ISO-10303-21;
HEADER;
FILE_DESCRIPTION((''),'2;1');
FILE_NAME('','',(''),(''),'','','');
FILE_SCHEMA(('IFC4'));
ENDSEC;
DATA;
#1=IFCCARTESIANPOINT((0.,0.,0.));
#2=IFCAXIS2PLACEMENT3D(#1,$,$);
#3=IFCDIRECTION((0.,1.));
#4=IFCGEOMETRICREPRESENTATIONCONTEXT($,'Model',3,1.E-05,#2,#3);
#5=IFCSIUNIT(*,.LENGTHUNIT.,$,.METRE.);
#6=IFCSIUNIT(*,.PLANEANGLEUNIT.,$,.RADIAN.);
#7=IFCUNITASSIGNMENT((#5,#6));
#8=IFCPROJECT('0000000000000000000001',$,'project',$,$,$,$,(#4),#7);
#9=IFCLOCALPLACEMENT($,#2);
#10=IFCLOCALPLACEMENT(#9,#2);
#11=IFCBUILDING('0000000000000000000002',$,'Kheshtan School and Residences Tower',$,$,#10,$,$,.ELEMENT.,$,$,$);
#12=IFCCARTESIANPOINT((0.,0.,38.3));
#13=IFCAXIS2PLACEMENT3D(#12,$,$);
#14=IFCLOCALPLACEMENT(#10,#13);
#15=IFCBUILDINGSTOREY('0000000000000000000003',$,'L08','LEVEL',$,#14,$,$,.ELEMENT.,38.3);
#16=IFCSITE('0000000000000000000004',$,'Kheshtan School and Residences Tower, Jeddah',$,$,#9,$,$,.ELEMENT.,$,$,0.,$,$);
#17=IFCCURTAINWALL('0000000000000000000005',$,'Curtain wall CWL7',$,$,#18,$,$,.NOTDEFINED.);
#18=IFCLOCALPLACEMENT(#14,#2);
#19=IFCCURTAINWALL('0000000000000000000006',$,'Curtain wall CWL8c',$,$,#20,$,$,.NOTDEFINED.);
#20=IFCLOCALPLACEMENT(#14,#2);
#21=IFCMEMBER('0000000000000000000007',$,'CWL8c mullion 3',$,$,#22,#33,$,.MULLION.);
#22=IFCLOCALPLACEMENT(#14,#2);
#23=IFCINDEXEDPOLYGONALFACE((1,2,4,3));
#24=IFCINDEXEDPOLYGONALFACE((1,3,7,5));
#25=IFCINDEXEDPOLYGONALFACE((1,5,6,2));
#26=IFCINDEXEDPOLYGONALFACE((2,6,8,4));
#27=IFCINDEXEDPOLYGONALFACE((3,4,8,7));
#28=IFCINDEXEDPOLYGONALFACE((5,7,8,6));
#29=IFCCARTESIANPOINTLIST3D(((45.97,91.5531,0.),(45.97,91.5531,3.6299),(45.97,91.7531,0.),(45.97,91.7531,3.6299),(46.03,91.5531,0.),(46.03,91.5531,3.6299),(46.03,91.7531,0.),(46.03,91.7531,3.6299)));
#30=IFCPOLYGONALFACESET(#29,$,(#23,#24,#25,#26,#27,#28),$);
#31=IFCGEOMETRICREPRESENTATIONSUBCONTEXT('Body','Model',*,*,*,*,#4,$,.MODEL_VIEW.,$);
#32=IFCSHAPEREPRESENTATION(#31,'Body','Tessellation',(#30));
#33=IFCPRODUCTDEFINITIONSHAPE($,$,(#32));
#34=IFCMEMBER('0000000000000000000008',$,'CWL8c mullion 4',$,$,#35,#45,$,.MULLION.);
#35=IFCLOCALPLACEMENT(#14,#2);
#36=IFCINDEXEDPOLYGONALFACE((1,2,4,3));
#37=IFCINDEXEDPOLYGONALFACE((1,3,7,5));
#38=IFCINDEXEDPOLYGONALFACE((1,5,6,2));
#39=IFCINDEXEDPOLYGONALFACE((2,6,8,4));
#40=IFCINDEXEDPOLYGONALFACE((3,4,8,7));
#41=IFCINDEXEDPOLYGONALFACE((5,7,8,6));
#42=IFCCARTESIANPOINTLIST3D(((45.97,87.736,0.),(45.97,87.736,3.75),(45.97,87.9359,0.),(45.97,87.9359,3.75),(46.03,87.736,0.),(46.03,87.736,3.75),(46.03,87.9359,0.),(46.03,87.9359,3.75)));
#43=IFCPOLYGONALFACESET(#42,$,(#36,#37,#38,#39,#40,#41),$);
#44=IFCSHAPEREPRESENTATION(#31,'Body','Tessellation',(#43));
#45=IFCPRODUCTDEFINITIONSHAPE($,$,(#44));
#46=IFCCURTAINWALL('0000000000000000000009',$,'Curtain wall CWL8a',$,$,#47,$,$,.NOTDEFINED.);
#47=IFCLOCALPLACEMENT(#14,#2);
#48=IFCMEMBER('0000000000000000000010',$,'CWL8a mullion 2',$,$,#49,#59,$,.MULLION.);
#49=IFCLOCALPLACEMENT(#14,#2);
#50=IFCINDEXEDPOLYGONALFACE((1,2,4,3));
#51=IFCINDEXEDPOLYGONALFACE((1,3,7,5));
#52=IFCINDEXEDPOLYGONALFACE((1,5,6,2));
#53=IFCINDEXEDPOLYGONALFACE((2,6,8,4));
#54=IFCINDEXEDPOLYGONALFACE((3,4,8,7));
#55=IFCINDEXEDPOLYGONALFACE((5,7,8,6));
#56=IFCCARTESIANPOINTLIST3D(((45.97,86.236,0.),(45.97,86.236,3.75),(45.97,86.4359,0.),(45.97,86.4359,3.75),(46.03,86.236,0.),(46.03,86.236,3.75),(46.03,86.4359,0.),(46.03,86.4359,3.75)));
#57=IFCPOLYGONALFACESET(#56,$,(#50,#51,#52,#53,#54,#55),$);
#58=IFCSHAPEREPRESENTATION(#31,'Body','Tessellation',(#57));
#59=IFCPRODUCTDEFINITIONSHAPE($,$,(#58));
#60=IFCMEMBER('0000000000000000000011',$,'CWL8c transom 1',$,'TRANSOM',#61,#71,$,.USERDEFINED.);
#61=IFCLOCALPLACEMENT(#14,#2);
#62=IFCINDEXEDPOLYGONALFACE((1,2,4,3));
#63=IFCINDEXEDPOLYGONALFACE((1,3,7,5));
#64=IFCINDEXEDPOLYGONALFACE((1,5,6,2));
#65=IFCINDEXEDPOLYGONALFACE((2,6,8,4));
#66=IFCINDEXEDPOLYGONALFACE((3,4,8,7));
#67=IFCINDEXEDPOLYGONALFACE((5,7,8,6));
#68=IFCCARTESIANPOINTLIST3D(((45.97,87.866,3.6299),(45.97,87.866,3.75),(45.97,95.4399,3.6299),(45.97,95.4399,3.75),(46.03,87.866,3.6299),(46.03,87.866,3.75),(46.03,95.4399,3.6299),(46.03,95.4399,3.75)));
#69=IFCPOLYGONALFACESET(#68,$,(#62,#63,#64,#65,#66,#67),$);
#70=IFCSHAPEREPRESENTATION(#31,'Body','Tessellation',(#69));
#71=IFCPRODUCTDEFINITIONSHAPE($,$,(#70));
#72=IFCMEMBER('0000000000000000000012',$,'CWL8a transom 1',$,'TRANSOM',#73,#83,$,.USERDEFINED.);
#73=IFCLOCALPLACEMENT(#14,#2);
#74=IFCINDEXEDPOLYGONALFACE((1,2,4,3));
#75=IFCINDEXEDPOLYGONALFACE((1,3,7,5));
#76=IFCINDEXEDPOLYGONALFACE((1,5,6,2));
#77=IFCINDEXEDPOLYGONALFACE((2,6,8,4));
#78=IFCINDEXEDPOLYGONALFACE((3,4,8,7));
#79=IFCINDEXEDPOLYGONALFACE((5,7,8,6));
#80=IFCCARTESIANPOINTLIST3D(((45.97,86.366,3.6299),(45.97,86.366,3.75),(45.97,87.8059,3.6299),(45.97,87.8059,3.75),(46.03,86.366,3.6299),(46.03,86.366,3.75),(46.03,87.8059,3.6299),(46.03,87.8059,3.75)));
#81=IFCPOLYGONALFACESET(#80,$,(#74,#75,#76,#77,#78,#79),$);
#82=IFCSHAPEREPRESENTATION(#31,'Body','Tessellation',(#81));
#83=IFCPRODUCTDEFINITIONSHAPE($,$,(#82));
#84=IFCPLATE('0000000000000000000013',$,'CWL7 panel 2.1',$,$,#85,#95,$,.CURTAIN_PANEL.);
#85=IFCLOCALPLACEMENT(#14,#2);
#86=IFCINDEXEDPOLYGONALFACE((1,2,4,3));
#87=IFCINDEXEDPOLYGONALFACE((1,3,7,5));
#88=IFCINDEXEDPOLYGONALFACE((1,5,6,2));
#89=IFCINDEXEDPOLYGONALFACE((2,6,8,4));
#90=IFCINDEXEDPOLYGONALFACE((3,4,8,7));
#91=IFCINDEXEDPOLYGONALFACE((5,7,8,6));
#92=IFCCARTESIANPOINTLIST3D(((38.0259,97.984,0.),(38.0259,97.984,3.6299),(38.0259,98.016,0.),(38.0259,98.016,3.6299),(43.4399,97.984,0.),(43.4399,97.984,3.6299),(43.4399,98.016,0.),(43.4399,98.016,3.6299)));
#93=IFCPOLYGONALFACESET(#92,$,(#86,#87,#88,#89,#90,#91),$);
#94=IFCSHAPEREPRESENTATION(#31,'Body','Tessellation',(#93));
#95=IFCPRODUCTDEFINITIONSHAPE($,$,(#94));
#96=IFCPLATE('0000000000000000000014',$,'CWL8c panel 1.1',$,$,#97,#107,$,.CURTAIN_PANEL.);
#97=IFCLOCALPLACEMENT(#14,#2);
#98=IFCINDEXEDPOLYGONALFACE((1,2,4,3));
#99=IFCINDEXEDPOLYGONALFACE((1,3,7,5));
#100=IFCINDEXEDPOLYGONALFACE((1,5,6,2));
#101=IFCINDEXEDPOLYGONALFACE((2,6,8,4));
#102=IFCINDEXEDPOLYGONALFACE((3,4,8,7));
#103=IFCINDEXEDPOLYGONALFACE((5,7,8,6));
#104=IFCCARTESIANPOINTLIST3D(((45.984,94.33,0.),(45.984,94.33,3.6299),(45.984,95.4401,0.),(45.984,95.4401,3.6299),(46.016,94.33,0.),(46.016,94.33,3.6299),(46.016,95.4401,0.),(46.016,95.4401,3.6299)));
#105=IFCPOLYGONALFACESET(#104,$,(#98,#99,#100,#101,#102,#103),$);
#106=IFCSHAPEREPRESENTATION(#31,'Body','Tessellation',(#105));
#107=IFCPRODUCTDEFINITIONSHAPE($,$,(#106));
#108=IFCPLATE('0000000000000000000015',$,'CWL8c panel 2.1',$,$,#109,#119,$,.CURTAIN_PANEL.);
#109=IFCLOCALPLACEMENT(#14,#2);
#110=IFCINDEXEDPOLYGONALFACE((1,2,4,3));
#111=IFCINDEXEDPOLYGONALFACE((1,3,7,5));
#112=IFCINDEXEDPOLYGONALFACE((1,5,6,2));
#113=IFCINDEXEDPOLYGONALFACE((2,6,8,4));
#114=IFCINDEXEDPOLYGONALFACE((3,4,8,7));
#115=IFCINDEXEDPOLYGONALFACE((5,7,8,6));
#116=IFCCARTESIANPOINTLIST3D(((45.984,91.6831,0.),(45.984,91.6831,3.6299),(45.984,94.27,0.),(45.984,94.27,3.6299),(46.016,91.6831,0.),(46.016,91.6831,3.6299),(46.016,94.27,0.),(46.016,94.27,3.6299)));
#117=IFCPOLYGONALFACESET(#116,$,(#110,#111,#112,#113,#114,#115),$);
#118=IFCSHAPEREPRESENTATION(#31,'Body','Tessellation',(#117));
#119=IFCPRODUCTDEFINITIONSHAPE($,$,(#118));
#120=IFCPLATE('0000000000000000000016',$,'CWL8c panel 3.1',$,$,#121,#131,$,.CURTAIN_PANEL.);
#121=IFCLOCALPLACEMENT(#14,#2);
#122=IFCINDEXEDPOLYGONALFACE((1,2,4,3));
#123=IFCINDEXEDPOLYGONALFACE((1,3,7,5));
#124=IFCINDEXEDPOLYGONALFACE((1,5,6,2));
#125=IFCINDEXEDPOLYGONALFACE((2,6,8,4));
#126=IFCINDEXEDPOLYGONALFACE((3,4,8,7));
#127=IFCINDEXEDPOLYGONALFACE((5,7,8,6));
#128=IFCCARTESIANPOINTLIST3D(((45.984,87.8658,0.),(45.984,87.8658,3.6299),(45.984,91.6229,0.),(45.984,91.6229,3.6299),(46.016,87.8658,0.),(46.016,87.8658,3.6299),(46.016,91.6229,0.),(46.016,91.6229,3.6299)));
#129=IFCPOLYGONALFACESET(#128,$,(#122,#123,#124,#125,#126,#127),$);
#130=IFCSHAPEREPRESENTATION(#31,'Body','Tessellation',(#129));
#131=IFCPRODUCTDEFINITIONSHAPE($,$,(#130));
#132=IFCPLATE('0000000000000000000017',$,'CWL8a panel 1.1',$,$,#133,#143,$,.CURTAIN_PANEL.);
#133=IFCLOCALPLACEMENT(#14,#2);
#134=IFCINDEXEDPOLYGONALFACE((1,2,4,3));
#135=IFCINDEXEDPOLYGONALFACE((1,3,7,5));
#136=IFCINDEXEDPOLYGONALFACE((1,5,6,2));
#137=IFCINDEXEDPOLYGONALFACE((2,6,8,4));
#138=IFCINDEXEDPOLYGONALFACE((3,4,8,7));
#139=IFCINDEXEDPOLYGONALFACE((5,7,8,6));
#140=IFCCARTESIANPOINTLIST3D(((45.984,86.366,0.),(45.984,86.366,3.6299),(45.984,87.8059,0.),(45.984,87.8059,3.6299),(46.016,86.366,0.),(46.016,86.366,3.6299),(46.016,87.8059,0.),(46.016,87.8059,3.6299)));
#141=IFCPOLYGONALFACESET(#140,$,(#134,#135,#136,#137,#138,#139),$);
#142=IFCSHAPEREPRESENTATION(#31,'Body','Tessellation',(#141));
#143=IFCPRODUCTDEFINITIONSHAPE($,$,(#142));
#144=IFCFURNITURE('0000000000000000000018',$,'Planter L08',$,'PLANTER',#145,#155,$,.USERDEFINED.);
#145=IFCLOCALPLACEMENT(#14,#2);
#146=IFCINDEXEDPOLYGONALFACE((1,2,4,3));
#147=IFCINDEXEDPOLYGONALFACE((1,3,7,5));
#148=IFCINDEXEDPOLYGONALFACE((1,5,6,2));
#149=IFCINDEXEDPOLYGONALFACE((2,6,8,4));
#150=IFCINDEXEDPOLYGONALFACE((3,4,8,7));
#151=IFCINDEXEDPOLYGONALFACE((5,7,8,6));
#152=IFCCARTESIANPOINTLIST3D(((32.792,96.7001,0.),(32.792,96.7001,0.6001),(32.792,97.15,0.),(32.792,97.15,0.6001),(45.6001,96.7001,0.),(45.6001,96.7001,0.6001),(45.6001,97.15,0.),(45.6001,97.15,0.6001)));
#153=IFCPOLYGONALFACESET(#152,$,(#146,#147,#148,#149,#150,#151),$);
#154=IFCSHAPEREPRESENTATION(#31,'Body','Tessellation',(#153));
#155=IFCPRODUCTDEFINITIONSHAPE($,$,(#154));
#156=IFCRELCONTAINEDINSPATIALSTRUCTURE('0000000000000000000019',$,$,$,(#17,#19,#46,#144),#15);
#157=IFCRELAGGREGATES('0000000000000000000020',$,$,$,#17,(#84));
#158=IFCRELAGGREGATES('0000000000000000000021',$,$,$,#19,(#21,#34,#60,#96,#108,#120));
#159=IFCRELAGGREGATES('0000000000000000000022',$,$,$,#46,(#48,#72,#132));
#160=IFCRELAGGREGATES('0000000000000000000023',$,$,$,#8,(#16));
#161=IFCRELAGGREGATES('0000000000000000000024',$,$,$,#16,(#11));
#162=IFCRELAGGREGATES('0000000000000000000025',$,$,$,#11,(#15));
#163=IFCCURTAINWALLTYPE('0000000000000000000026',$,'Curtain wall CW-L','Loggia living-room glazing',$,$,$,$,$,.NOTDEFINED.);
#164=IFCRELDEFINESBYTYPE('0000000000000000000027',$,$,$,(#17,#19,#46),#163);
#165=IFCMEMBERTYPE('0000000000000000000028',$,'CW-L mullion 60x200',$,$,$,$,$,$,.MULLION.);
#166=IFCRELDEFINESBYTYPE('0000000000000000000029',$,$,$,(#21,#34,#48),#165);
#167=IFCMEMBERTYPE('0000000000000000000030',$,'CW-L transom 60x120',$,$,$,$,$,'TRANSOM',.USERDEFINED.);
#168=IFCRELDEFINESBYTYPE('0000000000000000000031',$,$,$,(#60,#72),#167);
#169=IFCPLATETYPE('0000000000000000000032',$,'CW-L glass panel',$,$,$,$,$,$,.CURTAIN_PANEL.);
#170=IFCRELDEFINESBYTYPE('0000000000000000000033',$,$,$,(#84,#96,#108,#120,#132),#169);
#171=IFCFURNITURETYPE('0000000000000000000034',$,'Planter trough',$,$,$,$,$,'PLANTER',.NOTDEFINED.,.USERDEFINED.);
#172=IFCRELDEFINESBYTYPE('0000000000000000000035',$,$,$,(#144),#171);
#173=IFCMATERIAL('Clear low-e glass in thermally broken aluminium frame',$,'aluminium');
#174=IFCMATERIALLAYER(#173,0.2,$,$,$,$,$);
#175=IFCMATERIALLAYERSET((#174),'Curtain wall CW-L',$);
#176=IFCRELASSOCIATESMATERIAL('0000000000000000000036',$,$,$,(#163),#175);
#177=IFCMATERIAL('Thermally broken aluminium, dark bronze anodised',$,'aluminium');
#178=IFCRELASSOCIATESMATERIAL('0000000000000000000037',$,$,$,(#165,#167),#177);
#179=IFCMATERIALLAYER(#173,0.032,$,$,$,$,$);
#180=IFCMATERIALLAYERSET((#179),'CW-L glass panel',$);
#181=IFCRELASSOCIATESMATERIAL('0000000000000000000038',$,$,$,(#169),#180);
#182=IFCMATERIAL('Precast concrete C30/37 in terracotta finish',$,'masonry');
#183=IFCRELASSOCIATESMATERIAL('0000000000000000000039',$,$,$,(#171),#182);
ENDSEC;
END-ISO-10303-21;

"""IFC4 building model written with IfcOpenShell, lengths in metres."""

from ifc_helpers import new_model, si_unit, direction, frame, origin, origin_2d, place, context, subcontext, project, spatial, rectangle, extrude, material, layer, layer_set, material_profile, profile_set, type_object, element, aggregate, save


model = new_model("IFC4")

# Units and contexts
model_context = context("Model", 3, precision=1e-05, world=origin(), true_north=direction((0.0, 1.0)))
body_context = subcontext(model_context, "Body", "Model", "MODEL_VIEW")
ifc_project = project(units=[si_unit("LENGTHUNIT", "METRE"), si_unit("PLANEANGLEUNIT", "RADIAN")], contexts=[model_context])

# Site, building, storey
site_placement = place(None, origin())
site = spatial("IfcSite", under=ifc_project, at=site_placement, Name="Kheshtan School and Residences Tower, Jeddah", CompositionType="ELEMENT", RefElevation=0.0)
building_placement = place(site_placement, origin())
building = spatial("IfcBuilding", under=site, at=building_placement, Name="Kheshtan School and Residences Tower", CompositionType="ELEMENT")
storey_placement = place(building_placement, frame((0.0, 0.0, 38.3)))
storey = spatial("IfcBuildingStorey", under=building, at=storey_placement, Name="L08", Description="LEVEL", CompositionType="ELEMENT", Elevation=38.3)

# Curtain walls, members
ifc_material_1 = material(Name="Clear low-e glass in thermally broken aluminium frame", Category="aluminium")
ifc_layer_1 = layer(ifc_material_1, 0.2)
ifc_layer_set_1 = layer_set([ifc_layer_1], Name="Curtain wall CW-L")
curtain_wall_type = type_object("IfcCurtainWallType", Name="Curtain wall CW-L", Description="Loggia living-room glazing", PredefinedType="NOTDEFINED", material=ifc_layer_set_1)
curtain_wall_1_placement = place(storey_placement, origin())
curtain_wall_1 = element("IfcCurtainWall", 1, at=curtain_wall_1_placement, inside=storey, type_object=curtain_wall_type, Name="Curtain wall CWL7", PredefinedType="NOTDEFINED")
ifc_material_2 = material(Name="Thermally broken aluminium, dark bronze anodised", Category="aluminium")
ifc_material_profile_1 = material_profile(ifc_material_2, rectangle(XDim=0.0601, YDim=0.2, at=origin_2d()), Name="CW-L mullion 60x200")
ifc_profile_set_1 = profile_set([ifc_material_profile_1], Name="Thermally broken aluminium, dark bronze anodised")
member_type_1 = type_object("IfcMemberType", Name="CW-L mullion 60x200", PredefinedType="MULLION", material=ifc_profile_set_1)
curtain_wall_2_placement = place(storey_placement, origin())
curtain_wall_2 = element("IfcCurtainWall", 2, at=curtain_wall_2_placement, inside=storey, type_object=curtain_wall_type, Name="Curtain wall CWL8c", PredefinedType="NOTDEFINED")
member_1_placement = place(storey_placement, frame((46.0, 91.6531, 0.0), z_axis=(0.0, 0.0, 1.0), x_axis=(1.0, 0.0, 0.0)))
member_1 = element("IfcMember", 3, at=member_1_placement, type_object=member_type_1, Name="CWL8c mullion 3", PredefinedType="MULLION", context=body_context, shape_type="SweptSolid", body=[
    extrude(rectangle(XDim=0.0601, YDim=0.2, at=origin_2d()), origin(), (0.0, 0.0, 1.0), 3.6299),
])
member_2_placement = place(storey_placement, frame((46.0, 87.8359, 0.0), z_axis=(0.0, 0.0, 1.0), x_axis=(1.0, 0.0, 0.0)))
member_2 = element("IfcMember", 4, at=member_2_placement, type_object=member_type_1, Name="CWL8c mullion 4", PredefinedType="MULLION", context=body_context, shape_type="SweptSolid", body=[
    extrude(rectangle(XDim=0.0601, YDim=0.2, at=origin_2d()), origin(), (0.0, 0.0, 1.0), 3.75),
])

# Curtain wall, member
curtain_wall_3_placement = place(storey_placement, origin())
curtain_wall_3 = element("IfcCurtainWall", 5, at=curtain_wall_3_placement, inside=storey, type_object=curtain_wall_type, Name="Curtain wall CWL8a", PredefinedType="NOTDEFINED")
member_3_placement = place(storey_placement, frame((46.0, 86.3359, 0.0), z_axis=(0.0, 0.0, 1.0), x_axis=(1.0, 0.0, 0.0)))
member_3 = element("IfcMember", 6, at=member_3_placement, type_object=member_type_1, Name="CWL8a mullion 2", PredefinedType="MULLION", context=body_context, shape_type="SweptSolid", body=[
    extrude(rectangle(XDim=0.0601, YDim=0.2, at=origin_2d()), origin(), (0.0, 0.0, 1.0), 3.75),
])

# Members
ifc_material_profile_2 = material_profile(ifc_material_2, rectangle(XDim=0.0601, YDim=0.1201, at=origin_2d()), Name="CW-L transom 60x120")
ifc_profile_set_2 = profile_set([ifc_material_profile_2], Name="Thermally broken aluminium, dark bronze anodised")
member_type_2 = type_object("IfcMemberType", Name="CW-L transom 60x120", ElementType="TRANSOM", PredefinedType="USERDEFINED", material=ifc_profile_set_2)
member_4_placement = place(storey_placement, frame((46.0, 95.4399, 3.6899), z_axis=(0.0, -1.0, 0.0), x_axis=(1.0, 0.0, 0.0)))
member_4 = element("IfcMember", 7, at=member_4_placement, type_object=member_type_2, Name="CWL8c transom 1", ObjectType="TRANSOM", PredefinedType="USERDEFINED", context=body_context, shape_type="SweptSolid", body=[
    extrude(rectangle(XDim=0.0601, YDim=0.1201, at=origin_2d()), origin(), (0.0, 0.0, 1.0), 7.574),
])
member_5_placement = place(storey_placement, frame((46.0, 87.8059, 3.6899), z_axis=(0.0, -1.0, 0.0), x_axis=(1.0, 0.0, 0.0)))
member_5 = element("IfcMember", 8, at=member_5_placement, type_object=member_type_2, Name="CWL8a transom 1", ObjectType="TRANSOM", PredefinedType="USERDEFINED", context=body_context, shape_type="SweptSolid", body=[
    extrude(rectangle(XDim=0.0601, YDim=0.1201, at=origin_2d()), origin(), (0.0, 0.0, 1.0), 1.4399),
])

# Plates
ifc_layer_2 = layer(ifc_material_1, 0.032)
ifc_layer_set_2 = layer_set([ifc_layer_2], Name="CW-L glass panel")
plate_type = type_object("IfcPlateType", Name="CW-L glass panel", PredefinedType="CURTAIN_PANEL", material=ifc_layer_set_2)
plate_1_placement = place(storey_placement, frame((40.7329, 98.0, 0.0), z_axis=(0.0, 0.0, 1.0), x_axis=(1.0, 0.0, 0.0)))
plate_1 = element("IfcPlate", 9, at=plate_1_placement, type_object=plate_type, Name="CWL7 panel 2.1", PredefinedType="CURTAIN_PANEL", context=body_context, shape_type="SweptSolid", body=[
    extrude(rectangle(XDim=5.4141, YDim=0.032, at=origin_2d()), origin(), (0.0, 0.0, 1.0), 3.6299),
])
aggregate(curtain_wall_1, [plate_1])
plate_2_placement = place(storey_placement, frame((46.0, 94.885, 0.0), z_axis=(0.0, 0.0, 1.0), x_axis=(0.0, -1.0, 0.0)))
plate_2 = element("IfcPlate", 10, at=plate_2_placement, type_object=plate_type, Name="CWL8c panel 1.1", PredefinedType="CURTAIN_PANEL", context=body_context, shape_type="SweptSolid", body=[
    extrude(rectangle(XDim=1.1101, YDim=0.032, at=origin_2d()), origin(), (0.0, 0.0, 1.0), 3.6299),
])
plate_3_placement = place(storey_placement, frame((46.0, 92.9766, 0.0), z_axis=(0.0, 0.0, 1.0), x_axis=(0.0, -1.0, 0.0)))
plate_3 = element("IfcPlate", 11, at=plate_3_placement, type_object=plate_type, Name="CWL8c panel 2.1", PredefinedType="CURTAIN_PANEL", context=body_context, shape_type="SweptSolid", body=[
    extrude(rectangle(XDim=2.5869, YDim=0.032, at=origin_2d()), origin(), (0.0, 0.0, 1.0), 3.6299),
])
plate_4_placement = place(storey_placement, frame((46.0, 89.7444, 0.0), z_axis=(0.0, 0.0, 1.0), x_axis=(0.0, -1.0, 0.0)))
plate_4 = element("IfcPlate", 12, at=plate_4_placement, type_object=plate_type, Name="CWL8c panel 3.1", PredefinedType="CURTAIN_PANEL", context=body_context, shape_type="SweptSolid", body=[
    extrude(rectangle(XDim=3.7571, YDim=0.032, at=origin_2d()), origin(), (0.0, 0.0, 1.0), 3.6299),
])
aggregate(curtain_wall_2, [member_1, member_2, member_4, plate_2, plate_3, plate_4])
plate_5_placement = place(storey_placement, frame((46.0, 87.0859, 0.0), z_axis=(0.0, 0.0, 1.0), x_axis=(0.0, -1.0, 0.0)))
plate_5 = element("IfcPlate", 13, at=plate_5_placement, type_object=plate_type, Name="CWL8a panel 1.1", PredefinedType="CURTAIN_PANEL", context=body_context, shape_type="SweptSolid", body=[
    extrude(rectangle(XDim=1.4399, YDim=0.032, at=origin_2d()), origin(), (0.0, 0.0, 1.0), 3.6299),
])
aggregate(curtain_wall_3, [member_3, member_5, plate_5])

# Furniture
ifc_material_3 = material(Name="Precast concrete C30/37 in terracotta finish", Category="masonry")
furniture_type = type_object("IfcFurnitureType", Name="Planter trough", ElementType="PLANTER", AssemblyPlace="NOTDEFINED", PredefinedType="USERDEFINED", material=ifc_material_3)
furniture_placement = place(storey_placement, frame((39.196, 96.925, 0.0), z_axis=(0.0, 0.0, 1.0), x_axis=(1.0, 0.0, 0.0)))
element("IfcFurniture", 14, at=furniture_placement, inside=storey, type_object=furniture_type, Name="Planter L08", ObjectType="PLANTER", PredefinedType="USERDEFINED", context=body_context, shape_type="SweptSolid", body=[
    extrude(rectangle(XDim=12.8081, YDim=0.45, at=origin_2d()), origin(), (0.0, 0.0, 1.0), 0.6001),
])

save(model, "model.ifc")
